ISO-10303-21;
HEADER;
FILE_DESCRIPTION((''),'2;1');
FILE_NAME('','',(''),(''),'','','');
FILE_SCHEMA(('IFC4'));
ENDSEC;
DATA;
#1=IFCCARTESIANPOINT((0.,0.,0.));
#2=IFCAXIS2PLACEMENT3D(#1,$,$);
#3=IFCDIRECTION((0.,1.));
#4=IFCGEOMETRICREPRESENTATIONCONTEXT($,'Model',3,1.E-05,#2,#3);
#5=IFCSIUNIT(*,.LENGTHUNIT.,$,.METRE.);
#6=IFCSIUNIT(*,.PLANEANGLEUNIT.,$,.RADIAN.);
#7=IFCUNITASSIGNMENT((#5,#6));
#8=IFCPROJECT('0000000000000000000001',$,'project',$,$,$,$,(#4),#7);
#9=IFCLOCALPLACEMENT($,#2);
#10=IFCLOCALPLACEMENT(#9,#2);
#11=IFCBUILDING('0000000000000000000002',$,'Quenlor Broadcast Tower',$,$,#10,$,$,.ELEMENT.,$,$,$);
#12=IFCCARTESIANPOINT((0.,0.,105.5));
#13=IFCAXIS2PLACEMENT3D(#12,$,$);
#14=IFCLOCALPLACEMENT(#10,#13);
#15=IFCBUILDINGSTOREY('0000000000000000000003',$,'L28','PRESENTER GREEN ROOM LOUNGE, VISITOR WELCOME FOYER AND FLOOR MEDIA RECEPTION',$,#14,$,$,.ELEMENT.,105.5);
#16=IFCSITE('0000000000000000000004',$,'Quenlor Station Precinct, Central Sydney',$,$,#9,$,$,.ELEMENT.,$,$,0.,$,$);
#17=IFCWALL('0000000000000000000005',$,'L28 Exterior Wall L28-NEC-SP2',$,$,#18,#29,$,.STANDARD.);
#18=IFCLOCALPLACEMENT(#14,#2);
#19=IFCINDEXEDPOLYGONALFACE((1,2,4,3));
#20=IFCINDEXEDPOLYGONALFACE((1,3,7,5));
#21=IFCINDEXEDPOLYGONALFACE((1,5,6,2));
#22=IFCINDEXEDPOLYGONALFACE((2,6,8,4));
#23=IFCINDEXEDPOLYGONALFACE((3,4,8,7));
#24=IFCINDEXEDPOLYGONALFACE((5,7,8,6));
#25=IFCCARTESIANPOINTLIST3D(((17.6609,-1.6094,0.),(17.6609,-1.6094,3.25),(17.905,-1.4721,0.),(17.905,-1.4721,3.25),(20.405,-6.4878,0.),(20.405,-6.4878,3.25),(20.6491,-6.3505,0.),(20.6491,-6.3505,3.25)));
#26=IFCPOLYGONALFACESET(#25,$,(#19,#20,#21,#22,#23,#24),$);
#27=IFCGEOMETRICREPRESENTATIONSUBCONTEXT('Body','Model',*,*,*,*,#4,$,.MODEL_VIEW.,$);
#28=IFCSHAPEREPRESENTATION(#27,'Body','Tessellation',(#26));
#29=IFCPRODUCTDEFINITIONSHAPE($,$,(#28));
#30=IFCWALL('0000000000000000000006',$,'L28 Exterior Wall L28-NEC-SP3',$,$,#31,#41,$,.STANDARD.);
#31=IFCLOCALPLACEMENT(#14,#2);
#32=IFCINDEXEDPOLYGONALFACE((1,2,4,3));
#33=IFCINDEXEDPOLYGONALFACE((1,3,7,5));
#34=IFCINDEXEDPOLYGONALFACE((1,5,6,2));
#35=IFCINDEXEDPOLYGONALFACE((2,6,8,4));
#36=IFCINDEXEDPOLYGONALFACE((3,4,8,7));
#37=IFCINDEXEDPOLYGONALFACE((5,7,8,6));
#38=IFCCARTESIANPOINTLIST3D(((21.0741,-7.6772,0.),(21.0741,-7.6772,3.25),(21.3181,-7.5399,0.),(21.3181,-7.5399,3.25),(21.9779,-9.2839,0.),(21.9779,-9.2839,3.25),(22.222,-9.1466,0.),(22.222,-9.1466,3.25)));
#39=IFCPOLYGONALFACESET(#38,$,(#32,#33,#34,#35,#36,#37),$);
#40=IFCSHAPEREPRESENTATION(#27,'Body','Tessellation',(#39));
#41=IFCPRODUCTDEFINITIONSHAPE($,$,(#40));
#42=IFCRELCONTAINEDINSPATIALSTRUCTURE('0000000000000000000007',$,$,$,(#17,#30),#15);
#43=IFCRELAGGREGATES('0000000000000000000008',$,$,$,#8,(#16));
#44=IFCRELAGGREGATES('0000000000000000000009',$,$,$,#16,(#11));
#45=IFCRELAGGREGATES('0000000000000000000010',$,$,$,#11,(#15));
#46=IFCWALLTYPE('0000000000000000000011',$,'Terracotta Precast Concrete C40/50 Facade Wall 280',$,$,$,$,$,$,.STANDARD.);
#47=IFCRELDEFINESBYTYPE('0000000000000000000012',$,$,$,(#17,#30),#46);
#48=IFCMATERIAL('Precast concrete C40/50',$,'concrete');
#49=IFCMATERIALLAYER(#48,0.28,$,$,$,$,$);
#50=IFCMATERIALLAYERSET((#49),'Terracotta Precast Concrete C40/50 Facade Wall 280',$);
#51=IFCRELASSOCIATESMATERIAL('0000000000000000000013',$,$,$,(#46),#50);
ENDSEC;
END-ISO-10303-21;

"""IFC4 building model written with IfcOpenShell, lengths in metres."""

from ifc_helpers import new_model, si_unit, direction, frame, frame_2d, origin, place, context, subcontext, project, spatial, rectangle, extrude, material, layer, layer_set, type_object, element, save


model = new_model("IFC4")

# Units and contexts
model_context = context("Model", 3, precision=1e-05, world=origin(), true_north=direction((0.0, 1.0)))
body_context = subcontext(model_context, "Body", "Model", "MODEL_VIEW")
ifc_project = project(units=[si_unit("LENGTHUNIT", "METRE"), si_unit("PLANEANGLEUNIT", "RADIAN")], contexts=[model_context])

# Site, building, storey
site_placement = place(None, origin())
site = spatial("IfcSite", under=ifc_project, at=site_placement, Name="Quenlor Station Precinct, Central Sydney", CompositionType="ELEMENT", RefElevation=0.0)
building_placement = place(site_placement, origin())
building = spatial("IfcBuilding", under=site, at=building_placement, Name="Quenlor Broadcast Tower", CompositionType="ELEMENT")
storey_placement = place(building_placement, frame((0.0, 0.0, 105.5)))
storey = spatial("IfcBuildingStorey", under=building, at=storey_placement, Name="L28", Description="PRESENTER GREEN ROOM LOUNGE, VISITOR WELCOME FOYER AND FLOOR MEDIA RECEPTION", CompositionType="ELEMENT", Elevation=105.5)

# Walls
ifc_material_1 = material(Name="Precast concrete C40/50", Category="concrete")
ifc_layer_1 = layer(ifc_material_1, 0.28)
ifc_layer_set_1 = layer_set([ifc_layer_1], Name="Terracotta Precast Concrete C40/50 Facade Wall 280")
wall_type_1 = type_object("IfcWallType", Name="Terracotta Precast Concrete C40/50 Facade Wall 280", PredefinedType="STANDARD", material=ifc_layer_set_1)
wall_1_placement = place(storey_placement, frame((17.783, -1.5408, 0.0), z_axis=(0.0, 0.0, 1.0), x_axis=(0.490265, -0.871573, 0.0)))
element("IfcWall", 1, at=wall_1_placement, inside=storey, type_object=wall_type_1, Name="L28 Exterior Wall L28-NEC-SP2", PredefinedType="STANDARD", context=body_context, shape_type="SweptSolid", body=[
    extrude(rectangle(XDim=5.5972, YDim=0.28, at=frame_2d((2.7986, 0.0))), origin(), (0.0, 0.0, 1.0), 3.25),
])
wall_2_placement = place(storey_placement, frame((21.196, -7.6084, 0.0), z_axis=(0.0, 0.0, 1.0), x_axis=(0.49028, -0.871565, 0.0)))
element("IfcWall", 2, at=wall_2_placement, inside=storey, type_object=wall_type_1, Name="L28 Exterior Wall L28-NEC-SP3", PredefinedType="STANDARD", context=body_context, shape_type="SweptSolid", body=[
    extrude(rectangle(XDim=1.8435, YDim=0.28, at=frame_2d((0.9219, 0.0))), origin(), (0.0, 0.0, 1.0), 3.25),
])

save(model, "model.ifc")
